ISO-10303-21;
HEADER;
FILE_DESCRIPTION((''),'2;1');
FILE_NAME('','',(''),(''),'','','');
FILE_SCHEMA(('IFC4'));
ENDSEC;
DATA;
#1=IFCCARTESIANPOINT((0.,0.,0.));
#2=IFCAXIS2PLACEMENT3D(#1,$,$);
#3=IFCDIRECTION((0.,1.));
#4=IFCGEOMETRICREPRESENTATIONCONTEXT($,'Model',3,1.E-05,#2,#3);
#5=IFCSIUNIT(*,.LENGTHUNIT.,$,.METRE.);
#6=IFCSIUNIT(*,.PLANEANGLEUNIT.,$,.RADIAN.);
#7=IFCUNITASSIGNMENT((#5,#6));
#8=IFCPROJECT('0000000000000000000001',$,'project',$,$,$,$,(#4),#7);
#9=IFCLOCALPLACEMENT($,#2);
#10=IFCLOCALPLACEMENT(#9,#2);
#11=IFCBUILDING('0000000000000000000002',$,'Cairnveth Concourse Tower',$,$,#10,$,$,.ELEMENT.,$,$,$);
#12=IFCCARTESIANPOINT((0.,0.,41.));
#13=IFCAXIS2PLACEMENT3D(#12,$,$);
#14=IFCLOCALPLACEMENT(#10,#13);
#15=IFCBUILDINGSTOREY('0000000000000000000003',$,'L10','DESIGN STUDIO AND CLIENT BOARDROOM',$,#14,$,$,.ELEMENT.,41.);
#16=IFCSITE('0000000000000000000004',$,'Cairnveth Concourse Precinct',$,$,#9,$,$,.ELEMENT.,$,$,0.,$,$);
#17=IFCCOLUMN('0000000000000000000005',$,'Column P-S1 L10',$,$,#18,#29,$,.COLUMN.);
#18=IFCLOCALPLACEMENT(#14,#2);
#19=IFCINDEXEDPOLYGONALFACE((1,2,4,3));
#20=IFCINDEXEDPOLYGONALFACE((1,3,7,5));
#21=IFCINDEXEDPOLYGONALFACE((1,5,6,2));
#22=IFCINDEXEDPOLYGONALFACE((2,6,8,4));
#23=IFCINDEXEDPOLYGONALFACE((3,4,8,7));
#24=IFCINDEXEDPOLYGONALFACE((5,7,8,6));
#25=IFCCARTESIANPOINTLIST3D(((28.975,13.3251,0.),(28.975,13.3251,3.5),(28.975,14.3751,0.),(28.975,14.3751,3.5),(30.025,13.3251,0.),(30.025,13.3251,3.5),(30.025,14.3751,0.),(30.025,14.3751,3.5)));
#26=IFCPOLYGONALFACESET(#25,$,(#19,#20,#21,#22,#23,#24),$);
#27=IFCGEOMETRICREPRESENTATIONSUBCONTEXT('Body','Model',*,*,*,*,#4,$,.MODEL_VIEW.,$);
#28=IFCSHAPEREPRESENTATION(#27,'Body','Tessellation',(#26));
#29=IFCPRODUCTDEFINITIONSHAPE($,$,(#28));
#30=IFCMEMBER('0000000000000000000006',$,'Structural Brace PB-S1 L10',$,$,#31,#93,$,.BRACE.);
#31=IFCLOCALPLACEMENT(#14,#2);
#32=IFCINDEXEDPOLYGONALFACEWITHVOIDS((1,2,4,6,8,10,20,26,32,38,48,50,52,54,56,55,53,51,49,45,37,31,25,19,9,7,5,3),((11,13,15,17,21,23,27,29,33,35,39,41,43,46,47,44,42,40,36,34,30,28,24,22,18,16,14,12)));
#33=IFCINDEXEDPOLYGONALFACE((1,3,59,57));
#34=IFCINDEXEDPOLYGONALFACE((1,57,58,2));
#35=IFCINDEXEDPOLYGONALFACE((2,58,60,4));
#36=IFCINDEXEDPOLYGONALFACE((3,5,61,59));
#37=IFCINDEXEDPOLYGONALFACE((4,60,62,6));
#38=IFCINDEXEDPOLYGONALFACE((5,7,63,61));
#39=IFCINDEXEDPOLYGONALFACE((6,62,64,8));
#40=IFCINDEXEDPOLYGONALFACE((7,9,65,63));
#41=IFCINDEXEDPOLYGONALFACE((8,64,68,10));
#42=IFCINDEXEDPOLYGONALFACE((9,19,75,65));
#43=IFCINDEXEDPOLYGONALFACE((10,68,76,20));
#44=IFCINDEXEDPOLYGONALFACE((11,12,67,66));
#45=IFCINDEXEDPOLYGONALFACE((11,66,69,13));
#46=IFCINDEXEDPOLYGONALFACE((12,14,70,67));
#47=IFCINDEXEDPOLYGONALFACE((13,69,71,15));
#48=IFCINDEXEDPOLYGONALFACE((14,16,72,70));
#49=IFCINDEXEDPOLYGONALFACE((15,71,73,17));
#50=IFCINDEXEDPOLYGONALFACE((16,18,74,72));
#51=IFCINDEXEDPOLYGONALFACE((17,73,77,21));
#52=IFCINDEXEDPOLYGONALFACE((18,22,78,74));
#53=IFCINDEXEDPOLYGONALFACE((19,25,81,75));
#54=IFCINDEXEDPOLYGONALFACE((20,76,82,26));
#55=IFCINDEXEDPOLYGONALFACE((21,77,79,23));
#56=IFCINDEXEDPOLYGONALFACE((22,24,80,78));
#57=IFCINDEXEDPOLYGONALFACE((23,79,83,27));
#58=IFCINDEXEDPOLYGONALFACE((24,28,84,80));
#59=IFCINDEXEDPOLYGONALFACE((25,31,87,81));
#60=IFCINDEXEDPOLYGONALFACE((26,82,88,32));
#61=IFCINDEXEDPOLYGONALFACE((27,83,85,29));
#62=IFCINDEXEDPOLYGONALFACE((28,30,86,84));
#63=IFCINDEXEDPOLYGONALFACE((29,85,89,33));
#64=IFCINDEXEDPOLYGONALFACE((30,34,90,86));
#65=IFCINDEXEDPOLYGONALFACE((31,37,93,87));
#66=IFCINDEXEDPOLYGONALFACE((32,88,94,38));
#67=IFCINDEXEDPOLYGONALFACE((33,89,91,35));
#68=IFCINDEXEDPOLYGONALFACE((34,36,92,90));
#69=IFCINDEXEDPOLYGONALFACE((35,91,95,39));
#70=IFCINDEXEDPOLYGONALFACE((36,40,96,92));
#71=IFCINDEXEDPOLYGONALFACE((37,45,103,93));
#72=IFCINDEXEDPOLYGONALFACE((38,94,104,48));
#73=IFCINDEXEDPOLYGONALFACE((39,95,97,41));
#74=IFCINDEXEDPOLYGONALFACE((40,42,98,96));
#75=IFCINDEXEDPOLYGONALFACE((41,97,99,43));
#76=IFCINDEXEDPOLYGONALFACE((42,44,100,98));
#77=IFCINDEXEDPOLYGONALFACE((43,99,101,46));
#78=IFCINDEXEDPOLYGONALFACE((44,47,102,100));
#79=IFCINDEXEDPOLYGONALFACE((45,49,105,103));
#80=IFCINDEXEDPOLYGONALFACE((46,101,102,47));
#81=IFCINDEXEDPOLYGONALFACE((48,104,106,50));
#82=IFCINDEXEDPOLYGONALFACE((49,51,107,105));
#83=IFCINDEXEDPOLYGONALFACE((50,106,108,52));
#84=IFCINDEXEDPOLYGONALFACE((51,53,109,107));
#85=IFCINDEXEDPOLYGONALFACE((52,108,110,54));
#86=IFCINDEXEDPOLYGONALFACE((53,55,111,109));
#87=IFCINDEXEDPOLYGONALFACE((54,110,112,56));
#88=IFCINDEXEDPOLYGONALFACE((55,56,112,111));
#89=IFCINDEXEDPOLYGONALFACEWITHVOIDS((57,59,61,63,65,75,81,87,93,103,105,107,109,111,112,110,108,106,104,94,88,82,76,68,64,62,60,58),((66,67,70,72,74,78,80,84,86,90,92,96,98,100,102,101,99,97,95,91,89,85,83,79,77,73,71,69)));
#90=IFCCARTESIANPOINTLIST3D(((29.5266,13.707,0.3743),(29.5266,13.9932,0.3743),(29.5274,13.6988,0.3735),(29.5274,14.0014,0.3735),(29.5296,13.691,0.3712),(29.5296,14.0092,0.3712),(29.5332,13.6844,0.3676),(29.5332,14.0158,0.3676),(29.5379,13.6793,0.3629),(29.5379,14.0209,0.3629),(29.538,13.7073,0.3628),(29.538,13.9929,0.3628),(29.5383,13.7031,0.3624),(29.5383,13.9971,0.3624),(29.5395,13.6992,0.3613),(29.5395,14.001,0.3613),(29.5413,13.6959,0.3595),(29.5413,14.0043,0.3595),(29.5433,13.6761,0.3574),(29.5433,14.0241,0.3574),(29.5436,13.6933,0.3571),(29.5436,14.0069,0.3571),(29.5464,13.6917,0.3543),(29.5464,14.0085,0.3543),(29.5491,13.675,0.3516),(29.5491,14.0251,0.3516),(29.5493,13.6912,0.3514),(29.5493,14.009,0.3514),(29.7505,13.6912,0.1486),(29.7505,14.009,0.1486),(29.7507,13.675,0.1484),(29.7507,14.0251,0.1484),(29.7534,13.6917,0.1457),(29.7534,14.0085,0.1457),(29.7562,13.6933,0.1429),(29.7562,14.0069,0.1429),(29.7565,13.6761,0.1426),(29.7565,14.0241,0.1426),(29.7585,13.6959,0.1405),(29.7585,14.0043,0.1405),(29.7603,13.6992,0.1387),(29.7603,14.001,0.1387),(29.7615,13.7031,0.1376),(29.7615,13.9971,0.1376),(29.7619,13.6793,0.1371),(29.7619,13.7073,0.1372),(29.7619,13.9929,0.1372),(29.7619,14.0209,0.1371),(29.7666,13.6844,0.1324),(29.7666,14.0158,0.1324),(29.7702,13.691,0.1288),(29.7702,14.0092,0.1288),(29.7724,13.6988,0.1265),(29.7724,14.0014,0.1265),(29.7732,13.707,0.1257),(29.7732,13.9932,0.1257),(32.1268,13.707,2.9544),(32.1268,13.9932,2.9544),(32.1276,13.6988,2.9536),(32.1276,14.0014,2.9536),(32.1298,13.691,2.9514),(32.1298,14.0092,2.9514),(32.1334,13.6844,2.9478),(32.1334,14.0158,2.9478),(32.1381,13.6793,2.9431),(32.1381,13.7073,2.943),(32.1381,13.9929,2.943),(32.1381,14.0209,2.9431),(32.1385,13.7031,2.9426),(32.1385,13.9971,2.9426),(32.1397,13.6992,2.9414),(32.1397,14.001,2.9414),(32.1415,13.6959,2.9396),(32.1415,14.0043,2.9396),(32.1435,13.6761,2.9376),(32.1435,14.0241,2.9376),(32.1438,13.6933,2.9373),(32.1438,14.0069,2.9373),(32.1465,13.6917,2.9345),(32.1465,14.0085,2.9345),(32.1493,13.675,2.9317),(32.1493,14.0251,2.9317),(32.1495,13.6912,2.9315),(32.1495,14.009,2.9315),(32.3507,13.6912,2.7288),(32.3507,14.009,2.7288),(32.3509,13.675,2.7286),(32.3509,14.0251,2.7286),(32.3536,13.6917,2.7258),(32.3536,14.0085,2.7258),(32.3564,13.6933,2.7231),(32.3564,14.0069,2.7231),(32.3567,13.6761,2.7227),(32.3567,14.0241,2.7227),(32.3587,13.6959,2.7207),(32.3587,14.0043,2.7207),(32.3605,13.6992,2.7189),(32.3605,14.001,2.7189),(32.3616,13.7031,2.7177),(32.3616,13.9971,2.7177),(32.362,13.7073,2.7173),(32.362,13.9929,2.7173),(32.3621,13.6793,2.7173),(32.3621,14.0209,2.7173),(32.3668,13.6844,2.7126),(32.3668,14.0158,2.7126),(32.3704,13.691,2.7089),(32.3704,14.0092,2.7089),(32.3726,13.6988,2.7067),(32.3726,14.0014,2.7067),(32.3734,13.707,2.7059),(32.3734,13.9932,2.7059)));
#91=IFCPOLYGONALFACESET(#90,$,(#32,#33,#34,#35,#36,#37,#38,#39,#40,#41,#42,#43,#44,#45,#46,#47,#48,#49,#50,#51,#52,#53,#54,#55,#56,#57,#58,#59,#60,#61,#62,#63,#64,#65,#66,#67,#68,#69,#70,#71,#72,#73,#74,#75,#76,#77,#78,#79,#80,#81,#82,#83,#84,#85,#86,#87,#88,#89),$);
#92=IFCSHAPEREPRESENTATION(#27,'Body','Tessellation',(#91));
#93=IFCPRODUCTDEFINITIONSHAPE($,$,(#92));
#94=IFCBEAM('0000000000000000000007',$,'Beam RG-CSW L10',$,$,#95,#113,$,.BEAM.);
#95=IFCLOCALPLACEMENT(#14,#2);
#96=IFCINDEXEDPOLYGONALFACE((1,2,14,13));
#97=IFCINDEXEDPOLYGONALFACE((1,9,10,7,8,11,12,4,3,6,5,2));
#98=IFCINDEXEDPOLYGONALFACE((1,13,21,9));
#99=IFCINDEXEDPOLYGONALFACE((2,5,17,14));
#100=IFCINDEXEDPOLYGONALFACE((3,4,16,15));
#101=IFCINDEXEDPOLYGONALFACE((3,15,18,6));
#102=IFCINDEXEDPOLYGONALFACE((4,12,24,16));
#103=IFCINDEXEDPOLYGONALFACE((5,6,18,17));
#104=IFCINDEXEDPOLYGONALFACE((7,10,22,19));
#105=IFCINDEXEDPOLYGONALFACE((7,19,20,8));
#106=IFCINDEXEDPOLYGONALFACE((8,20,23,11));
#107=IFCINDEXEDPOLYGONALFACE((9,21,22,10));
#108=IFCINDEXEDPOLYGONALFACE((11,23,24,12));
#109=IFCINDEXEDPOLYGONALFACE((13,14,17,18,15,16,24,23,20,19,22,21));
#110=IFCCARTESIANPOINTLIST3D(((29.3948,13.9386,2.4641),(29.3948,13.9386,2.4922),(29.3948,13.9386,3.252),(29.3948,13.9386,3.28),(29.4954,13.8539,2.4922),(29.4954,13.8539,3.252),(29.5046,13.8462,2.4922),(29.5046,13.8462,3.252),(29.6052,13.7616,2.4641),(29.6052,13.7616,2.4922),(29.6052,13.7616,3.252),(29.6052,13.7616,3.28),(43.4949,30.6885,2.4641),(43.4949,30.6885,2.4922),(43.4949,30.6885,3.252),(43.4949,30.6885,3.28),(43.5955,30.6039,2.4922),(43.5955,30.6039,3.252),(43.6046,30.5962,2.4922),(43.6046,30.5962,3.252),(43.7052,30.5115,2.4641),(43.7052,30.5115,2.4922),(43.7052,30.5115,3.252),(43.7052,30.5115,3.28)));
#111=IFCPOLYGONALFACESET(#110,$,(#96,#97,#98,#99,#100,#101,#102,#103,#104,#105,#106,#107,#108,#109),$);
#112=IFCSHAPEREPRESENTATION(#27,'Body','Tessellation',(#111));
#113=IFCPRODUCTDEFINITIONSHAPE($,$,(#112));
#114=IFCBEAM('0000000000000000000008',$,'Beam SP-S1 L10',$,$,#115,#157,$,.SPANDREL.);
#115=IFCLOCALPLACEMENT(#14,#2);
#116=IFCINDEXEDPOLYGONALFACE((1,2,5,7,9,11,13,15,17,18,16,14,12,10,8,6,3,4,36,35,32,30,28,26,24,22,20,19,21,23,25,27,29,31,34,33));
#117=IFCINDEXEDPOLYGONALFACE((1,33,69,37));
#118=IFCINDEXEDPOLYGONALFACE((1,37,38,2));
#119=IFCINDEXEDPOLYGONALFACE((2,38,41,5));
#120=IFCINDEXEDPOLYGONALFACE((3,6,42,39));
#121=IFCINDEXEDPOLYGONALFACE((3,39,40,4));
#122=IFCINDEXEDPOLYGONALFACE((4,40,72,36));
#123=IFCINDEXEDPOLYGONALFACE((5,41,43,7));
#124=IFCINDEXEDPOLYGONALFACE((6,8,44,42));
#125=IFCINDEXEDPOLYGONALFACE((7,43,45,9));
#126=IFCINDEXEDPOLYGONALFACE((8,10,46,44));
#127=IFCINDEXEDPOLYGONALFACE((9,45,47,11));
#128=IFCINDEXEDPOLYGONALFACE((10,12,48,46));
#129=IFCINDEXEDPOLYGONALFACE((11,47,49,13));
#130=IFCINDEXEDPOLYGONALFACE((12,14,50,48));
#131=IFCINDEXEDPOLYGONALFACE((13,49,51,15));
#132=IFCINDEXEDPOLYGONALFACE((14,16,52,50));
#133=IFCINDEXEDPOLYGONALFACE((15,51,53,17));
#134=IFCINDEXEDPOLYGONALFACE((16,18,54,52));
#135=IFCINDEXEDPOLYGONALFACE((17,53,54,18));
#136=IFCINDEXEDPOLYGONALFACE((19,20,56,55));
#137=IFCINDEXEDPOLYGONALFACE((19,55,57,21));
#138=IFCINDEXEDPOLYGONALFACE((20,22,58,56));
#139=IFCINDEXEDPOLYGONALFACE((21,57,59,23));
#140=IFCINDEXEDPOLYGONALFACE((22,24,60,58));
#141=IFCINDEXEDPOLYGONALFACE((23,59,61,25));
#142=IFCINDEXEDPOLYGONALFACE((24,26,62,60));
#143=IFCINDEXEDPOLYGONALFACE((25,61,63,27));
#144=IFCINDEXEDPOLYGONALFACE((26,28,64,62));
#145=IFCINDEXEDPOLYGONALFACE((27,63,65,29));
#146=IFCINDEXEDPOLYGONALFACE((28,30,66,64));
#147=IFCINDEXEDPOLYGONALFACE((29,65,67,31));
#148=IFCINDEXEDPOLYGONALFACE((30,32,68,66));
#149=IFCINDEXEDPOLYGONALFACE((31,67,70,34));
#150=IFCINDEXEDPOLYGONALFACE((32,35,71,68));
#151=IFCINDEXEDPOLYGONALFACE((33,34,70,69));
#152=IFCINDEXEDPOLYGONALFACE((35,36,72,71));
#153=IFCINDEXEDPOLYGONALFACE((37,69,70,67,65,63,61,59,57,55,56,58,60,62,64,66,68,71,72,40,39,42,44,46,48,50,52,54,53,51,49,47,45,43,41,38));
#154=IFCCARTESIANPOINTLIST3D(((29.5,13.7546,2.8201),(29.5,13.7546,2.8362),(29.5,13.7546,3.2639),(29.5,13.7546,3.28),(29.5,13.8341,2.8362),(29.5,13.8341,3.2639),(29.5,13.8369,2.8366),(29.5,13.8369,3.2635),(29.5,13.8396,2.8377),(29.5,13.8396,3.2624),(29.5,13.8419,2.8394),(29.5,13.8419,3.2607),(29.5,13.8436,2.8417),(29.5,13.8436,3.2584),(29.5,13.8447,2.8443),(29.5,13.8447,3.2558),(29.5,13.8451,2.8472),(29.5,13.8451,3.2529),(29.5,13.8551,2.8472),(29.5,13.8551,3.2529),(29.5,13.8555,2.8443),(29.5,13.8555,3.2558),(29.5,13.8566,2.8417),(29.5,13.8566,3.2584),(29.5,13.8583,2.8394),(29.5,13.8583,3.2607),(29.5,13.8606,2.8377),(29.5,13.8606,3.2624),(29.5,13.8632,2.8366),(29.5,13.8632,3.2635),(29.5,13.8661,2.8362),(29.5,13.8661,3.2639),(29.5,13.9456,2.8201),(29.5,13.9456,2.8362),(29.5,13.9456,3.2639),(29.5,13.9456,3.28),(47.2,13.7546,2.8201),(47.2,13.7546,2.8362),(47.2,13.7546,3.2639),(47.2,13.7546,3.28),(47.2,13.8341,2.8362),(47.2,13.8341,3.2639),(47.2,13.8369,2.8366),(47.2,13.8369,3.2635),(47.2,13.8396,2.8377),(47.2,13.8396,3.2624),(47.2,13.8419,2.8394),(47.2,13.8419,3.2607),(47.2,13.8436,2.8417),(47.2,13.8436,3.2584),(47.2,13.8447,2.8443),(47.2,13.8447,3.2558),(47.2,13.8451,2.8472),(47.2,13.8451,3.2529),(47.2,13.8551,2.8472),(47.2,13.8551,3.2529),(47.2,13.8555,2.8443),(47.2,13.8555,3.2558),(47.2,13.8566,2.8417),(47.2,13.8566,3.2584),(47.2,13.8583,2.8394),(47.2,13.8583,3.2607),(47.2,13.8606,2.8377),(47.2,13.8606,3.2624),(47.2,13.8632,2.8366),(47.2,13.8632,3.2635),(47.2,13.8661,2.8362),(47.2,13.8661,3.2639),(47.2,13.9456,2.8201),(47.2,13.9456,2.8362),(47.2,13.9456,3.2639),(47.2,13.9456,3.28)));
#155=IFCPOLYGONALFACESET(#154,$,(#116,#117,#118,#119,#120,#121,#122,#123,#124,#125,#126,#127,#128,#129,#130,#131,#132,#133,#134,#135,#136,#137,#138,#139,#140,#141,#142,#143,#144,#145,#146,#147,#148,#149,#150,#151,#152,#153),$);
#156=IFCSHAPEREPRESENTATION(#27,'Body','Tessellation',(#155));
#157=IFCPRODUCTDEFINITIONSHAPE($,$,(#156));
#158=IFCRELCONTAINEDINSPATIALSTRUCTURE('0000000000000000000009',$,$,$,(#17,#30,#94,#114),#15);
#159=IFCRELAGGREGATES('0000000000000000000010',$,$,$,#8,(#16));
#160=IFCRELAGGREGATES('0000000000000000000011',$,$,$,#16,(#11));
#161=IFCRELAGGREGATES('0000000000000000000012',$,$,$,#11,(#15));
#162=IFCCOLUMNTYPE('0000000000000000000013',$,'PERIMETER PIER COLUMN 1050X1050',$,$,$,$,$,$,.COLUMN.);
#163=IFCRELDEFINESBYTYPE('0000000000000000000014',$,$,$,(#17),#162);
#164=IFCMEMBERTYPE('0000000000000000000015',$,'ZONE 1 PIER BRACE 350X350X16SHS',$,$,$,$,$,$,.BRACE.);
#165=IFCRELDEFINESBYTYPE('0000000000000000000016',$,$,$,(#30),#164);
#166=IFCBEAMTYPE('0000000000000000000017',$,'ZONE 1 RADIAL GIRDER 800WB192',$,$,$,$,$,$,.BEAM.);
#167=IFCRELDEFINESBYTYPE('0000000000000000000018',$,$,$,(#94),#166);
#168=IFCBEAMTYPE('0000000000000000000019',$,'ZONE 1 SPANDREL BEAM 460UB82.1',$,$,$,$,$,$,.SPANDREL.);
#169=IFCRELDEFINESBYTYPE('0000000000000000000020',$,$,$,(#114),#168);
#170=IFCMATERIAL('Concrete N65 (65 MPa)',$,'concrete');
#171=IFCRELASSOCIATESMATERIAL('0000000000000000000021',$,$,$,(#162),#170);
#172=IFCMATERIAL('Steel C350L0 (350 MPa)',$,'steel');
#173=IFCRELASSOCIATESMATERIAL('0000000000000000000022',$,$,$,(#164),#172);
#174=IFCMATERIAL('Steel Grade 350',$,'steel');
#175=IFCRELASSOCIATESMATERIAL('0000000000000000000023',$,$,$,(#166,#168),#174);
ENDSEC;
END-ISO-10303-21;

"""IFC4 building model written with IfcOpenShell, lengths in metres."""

from ifc_helpers import new_model, si_unit, direction, frame, origin, origin_2d, place, context, subcontext, project, spatial, rectangle, hollow_rectangle, i_section, extrude, material, material_profile, profile_set, type_object, element, save


model = new_model("IFC4")

# Units and contexts
model_context = context("Model", 3, precision=1e-05, world=origin(), true_north=direction((0.0, 1.0)))
body_context = subcontext(model_context, "Body", "Model", "MODEL_VIEW")
ifc_project = project(units=[si_unit("LENGTHUNIT", "METRE"), si_unit("PLANEANGLEUNIT", "RADIAN")], contexts=[model_context])

# Site, building, storey
site_placement = place(None, origin())
site = spatial("IfcSite", under=ifc_project, at=site_placement, Name="Cairnveth Concourse Precinct", CompositionType="ELEMENT", RefElevation=0.0)
building_placement = place(site_placement, origin())
building = spatial("IfcBuilding", under=site, at=building_placement, Name="Cairnveth Concourse Tower", CompositionType="ELEMENT")
storey_placement = place(building_placement, frame((0.0, 0.0, 41.0)))
storey = spatial("IfcBuildingStorey", under=building, at=storey_placement, Name="L10", Description="DESIGN STUDIO AND CLIENT BOARDROOM", CompositionType="ELEMENT", Elevation=41.0)

# Column
ifc_material_1 = material(Name="Concrete N65 (65 MPa)", Category="concrete")
ifc_material_profile_1 = material_profile(ifc_material_1, rectangle(XDim=1.05, YDim=1.05, at=origin_2d()), Name="RC-COL-1050x1050")
ifc_profile_set_1 = profile_set([ifc_material_profile_1], Name="Concrete N65 (65 MPa)")
column_type = type_object("IfcColumnType", Name="PERIMETER PIER COLUMN 1050X1050", PredefinedType="COLUMN", material=ifc_profile_set_1)
column_placement = place(storey_placement, frame((29.5, 13.8501, 0.0), z_axis=(0.0, 0.0, 1.0), x_axis=(1.0, 0.0, 0.0)))
element("IfcColumn", 1, at=column_placement, inside=storey, type_object=column_type, Name="Column P-S1 L10", PredefinedType="COLUMN", context=body_context, shape_type="SweptSolid", body=[
    extrude(rectangle(XDim=1.05, YDim=1.05, at=origin_2d()), origin(), (0.0, 0.0, 1.0), 3.5),
])

# Member
ifc_material_2 = material(Name="Steel C350L0 (350 MPa)", Category="steel")
ifc_material_profile_2 = material_profile(ifc_material_2, hollow_rectangle(XDim=0.3501, YDim=0.3501, WallThickness=0.0161, InnerFilletRadius=0.0161, OuterFilletRadius=0.032, at=origin_2d()), Name="350x350x16.0SHS")
ifc_profile_set_2 = profile_set([ifc_material_profile_2], Name="Steel C350L0 (350 MPa)")
member_type = type_object("IfcMemberType", Name="ZONE 1 PIER BRACE 350X350X16SHS", PredefinedType="BRACE", material=ifc_profile_set_2)
member_placement = place(storey_placement, frame((29.6499, 13.8501, 0.25), z_axis=(0.709834, 0.0, 0.704369), x_axis=(0.0, 1.0, 0.0)))
element("IfcMember", 2, at=member_placement, inside=storey, type_object=member_type, Name="Structural Brace PB-S1 L10", PredefinedType="BRACE", context=body_context, shape_type="SweptSolid", body=[
    extrude(hollow_rectangle(XDim=0.3501, YDim=0.3501, WallThickness=0.0161, InnerFilletRadius=0.0161, OuterFilletRadius=0.032, at=origin_2d()), origin(), (0.0, 0.0, 1.0), 3.6631),
])

# Beams
ifc_material_3 = material(Name="Steel Grade 350", Category="steel")
ifc_material_profile_3 = material_profile(ifc_material_3, i_section(OverallWidth=0.2749, OverallDepth=0.8159, WebThickness=0.012, FlangeThickness=0.0281, at=origin_2d()), Name="800WB192")
ifc_profile_set_3 = profile_set([ifc_material_profile_3], Name="Steel Grade 350")
beam_type_1 = type_object("IfcBeamType", Name="ZONE 1 RADIAL GIRDER 800WB192", PredefinedType="BEAM", material=ifc_profile_set_3)
beam_1_placement = place(storey_placement, frame((29.5, 13.8501, 2.8721), z_axis=(0.643998, 0.765027, 0.0), x_axis=(-0.765027, 0.643998, 0.0)))
element("IfcBeam", 3, at=beam_1_placement, inside=storey, type_object=beam_type_1, Name="Beam RG-CSW L10", PredefinedType="BEAM", context=body_context, shape_type="SweptSolid", body=[
    extrude(i_section(OverallWidth=0.2749, OverallDepth=0.8159, WebThickness=0.012, FlangeThickness=0.0281, at=origin_2d()), origin(), (0.0, 0.0, 1.0), 21.8945),
])
ifc_material_profile_4 = material_profile(ifc_material_3, i_section(OverallWidth=0.1909, OverallDepth=0.46, WebThickness=0.01, FlangeThickness=0.0161, FilletRadius=0.011, at=origin_2d()), Name="460UB82.1")
ifc_profile_set_4 = profile_set([ifc_material_profile_4], Name="Steel Grade 350")
beam_type_2 = type_object("IfcBeamType", Name="ZONE 1 SPANDREL BEAM 460UB82.1", PredefinedType="SPANDREL", material=ifc_profile_set_4)
beam_2_placement = place(storey_placement, frame((29.5, 13.8501, 3.05), z_axis=(1.0, 0.0, 0.0), x_axis=(0.0, 1.0, 0.0)))
element("IfcBeam", 4, at=beam_2_placement, inside=storey, type_object=beam_type_2, Name="Beam SP-S1 L10", PredefinedType="SPANDREL", context=body_context, shape_type="SweptSolid", body=[
    extrude(i_section(OverallWidth=0.1909, OverallDepth=0.46, WebThickness=0.01, FlangeThickness=0.0161, FilletRadius=0.011, at=origin_2d()), origin(), (0.0, 0.0, 1.0), 17.7),
])

save(model, "model.ifc")
